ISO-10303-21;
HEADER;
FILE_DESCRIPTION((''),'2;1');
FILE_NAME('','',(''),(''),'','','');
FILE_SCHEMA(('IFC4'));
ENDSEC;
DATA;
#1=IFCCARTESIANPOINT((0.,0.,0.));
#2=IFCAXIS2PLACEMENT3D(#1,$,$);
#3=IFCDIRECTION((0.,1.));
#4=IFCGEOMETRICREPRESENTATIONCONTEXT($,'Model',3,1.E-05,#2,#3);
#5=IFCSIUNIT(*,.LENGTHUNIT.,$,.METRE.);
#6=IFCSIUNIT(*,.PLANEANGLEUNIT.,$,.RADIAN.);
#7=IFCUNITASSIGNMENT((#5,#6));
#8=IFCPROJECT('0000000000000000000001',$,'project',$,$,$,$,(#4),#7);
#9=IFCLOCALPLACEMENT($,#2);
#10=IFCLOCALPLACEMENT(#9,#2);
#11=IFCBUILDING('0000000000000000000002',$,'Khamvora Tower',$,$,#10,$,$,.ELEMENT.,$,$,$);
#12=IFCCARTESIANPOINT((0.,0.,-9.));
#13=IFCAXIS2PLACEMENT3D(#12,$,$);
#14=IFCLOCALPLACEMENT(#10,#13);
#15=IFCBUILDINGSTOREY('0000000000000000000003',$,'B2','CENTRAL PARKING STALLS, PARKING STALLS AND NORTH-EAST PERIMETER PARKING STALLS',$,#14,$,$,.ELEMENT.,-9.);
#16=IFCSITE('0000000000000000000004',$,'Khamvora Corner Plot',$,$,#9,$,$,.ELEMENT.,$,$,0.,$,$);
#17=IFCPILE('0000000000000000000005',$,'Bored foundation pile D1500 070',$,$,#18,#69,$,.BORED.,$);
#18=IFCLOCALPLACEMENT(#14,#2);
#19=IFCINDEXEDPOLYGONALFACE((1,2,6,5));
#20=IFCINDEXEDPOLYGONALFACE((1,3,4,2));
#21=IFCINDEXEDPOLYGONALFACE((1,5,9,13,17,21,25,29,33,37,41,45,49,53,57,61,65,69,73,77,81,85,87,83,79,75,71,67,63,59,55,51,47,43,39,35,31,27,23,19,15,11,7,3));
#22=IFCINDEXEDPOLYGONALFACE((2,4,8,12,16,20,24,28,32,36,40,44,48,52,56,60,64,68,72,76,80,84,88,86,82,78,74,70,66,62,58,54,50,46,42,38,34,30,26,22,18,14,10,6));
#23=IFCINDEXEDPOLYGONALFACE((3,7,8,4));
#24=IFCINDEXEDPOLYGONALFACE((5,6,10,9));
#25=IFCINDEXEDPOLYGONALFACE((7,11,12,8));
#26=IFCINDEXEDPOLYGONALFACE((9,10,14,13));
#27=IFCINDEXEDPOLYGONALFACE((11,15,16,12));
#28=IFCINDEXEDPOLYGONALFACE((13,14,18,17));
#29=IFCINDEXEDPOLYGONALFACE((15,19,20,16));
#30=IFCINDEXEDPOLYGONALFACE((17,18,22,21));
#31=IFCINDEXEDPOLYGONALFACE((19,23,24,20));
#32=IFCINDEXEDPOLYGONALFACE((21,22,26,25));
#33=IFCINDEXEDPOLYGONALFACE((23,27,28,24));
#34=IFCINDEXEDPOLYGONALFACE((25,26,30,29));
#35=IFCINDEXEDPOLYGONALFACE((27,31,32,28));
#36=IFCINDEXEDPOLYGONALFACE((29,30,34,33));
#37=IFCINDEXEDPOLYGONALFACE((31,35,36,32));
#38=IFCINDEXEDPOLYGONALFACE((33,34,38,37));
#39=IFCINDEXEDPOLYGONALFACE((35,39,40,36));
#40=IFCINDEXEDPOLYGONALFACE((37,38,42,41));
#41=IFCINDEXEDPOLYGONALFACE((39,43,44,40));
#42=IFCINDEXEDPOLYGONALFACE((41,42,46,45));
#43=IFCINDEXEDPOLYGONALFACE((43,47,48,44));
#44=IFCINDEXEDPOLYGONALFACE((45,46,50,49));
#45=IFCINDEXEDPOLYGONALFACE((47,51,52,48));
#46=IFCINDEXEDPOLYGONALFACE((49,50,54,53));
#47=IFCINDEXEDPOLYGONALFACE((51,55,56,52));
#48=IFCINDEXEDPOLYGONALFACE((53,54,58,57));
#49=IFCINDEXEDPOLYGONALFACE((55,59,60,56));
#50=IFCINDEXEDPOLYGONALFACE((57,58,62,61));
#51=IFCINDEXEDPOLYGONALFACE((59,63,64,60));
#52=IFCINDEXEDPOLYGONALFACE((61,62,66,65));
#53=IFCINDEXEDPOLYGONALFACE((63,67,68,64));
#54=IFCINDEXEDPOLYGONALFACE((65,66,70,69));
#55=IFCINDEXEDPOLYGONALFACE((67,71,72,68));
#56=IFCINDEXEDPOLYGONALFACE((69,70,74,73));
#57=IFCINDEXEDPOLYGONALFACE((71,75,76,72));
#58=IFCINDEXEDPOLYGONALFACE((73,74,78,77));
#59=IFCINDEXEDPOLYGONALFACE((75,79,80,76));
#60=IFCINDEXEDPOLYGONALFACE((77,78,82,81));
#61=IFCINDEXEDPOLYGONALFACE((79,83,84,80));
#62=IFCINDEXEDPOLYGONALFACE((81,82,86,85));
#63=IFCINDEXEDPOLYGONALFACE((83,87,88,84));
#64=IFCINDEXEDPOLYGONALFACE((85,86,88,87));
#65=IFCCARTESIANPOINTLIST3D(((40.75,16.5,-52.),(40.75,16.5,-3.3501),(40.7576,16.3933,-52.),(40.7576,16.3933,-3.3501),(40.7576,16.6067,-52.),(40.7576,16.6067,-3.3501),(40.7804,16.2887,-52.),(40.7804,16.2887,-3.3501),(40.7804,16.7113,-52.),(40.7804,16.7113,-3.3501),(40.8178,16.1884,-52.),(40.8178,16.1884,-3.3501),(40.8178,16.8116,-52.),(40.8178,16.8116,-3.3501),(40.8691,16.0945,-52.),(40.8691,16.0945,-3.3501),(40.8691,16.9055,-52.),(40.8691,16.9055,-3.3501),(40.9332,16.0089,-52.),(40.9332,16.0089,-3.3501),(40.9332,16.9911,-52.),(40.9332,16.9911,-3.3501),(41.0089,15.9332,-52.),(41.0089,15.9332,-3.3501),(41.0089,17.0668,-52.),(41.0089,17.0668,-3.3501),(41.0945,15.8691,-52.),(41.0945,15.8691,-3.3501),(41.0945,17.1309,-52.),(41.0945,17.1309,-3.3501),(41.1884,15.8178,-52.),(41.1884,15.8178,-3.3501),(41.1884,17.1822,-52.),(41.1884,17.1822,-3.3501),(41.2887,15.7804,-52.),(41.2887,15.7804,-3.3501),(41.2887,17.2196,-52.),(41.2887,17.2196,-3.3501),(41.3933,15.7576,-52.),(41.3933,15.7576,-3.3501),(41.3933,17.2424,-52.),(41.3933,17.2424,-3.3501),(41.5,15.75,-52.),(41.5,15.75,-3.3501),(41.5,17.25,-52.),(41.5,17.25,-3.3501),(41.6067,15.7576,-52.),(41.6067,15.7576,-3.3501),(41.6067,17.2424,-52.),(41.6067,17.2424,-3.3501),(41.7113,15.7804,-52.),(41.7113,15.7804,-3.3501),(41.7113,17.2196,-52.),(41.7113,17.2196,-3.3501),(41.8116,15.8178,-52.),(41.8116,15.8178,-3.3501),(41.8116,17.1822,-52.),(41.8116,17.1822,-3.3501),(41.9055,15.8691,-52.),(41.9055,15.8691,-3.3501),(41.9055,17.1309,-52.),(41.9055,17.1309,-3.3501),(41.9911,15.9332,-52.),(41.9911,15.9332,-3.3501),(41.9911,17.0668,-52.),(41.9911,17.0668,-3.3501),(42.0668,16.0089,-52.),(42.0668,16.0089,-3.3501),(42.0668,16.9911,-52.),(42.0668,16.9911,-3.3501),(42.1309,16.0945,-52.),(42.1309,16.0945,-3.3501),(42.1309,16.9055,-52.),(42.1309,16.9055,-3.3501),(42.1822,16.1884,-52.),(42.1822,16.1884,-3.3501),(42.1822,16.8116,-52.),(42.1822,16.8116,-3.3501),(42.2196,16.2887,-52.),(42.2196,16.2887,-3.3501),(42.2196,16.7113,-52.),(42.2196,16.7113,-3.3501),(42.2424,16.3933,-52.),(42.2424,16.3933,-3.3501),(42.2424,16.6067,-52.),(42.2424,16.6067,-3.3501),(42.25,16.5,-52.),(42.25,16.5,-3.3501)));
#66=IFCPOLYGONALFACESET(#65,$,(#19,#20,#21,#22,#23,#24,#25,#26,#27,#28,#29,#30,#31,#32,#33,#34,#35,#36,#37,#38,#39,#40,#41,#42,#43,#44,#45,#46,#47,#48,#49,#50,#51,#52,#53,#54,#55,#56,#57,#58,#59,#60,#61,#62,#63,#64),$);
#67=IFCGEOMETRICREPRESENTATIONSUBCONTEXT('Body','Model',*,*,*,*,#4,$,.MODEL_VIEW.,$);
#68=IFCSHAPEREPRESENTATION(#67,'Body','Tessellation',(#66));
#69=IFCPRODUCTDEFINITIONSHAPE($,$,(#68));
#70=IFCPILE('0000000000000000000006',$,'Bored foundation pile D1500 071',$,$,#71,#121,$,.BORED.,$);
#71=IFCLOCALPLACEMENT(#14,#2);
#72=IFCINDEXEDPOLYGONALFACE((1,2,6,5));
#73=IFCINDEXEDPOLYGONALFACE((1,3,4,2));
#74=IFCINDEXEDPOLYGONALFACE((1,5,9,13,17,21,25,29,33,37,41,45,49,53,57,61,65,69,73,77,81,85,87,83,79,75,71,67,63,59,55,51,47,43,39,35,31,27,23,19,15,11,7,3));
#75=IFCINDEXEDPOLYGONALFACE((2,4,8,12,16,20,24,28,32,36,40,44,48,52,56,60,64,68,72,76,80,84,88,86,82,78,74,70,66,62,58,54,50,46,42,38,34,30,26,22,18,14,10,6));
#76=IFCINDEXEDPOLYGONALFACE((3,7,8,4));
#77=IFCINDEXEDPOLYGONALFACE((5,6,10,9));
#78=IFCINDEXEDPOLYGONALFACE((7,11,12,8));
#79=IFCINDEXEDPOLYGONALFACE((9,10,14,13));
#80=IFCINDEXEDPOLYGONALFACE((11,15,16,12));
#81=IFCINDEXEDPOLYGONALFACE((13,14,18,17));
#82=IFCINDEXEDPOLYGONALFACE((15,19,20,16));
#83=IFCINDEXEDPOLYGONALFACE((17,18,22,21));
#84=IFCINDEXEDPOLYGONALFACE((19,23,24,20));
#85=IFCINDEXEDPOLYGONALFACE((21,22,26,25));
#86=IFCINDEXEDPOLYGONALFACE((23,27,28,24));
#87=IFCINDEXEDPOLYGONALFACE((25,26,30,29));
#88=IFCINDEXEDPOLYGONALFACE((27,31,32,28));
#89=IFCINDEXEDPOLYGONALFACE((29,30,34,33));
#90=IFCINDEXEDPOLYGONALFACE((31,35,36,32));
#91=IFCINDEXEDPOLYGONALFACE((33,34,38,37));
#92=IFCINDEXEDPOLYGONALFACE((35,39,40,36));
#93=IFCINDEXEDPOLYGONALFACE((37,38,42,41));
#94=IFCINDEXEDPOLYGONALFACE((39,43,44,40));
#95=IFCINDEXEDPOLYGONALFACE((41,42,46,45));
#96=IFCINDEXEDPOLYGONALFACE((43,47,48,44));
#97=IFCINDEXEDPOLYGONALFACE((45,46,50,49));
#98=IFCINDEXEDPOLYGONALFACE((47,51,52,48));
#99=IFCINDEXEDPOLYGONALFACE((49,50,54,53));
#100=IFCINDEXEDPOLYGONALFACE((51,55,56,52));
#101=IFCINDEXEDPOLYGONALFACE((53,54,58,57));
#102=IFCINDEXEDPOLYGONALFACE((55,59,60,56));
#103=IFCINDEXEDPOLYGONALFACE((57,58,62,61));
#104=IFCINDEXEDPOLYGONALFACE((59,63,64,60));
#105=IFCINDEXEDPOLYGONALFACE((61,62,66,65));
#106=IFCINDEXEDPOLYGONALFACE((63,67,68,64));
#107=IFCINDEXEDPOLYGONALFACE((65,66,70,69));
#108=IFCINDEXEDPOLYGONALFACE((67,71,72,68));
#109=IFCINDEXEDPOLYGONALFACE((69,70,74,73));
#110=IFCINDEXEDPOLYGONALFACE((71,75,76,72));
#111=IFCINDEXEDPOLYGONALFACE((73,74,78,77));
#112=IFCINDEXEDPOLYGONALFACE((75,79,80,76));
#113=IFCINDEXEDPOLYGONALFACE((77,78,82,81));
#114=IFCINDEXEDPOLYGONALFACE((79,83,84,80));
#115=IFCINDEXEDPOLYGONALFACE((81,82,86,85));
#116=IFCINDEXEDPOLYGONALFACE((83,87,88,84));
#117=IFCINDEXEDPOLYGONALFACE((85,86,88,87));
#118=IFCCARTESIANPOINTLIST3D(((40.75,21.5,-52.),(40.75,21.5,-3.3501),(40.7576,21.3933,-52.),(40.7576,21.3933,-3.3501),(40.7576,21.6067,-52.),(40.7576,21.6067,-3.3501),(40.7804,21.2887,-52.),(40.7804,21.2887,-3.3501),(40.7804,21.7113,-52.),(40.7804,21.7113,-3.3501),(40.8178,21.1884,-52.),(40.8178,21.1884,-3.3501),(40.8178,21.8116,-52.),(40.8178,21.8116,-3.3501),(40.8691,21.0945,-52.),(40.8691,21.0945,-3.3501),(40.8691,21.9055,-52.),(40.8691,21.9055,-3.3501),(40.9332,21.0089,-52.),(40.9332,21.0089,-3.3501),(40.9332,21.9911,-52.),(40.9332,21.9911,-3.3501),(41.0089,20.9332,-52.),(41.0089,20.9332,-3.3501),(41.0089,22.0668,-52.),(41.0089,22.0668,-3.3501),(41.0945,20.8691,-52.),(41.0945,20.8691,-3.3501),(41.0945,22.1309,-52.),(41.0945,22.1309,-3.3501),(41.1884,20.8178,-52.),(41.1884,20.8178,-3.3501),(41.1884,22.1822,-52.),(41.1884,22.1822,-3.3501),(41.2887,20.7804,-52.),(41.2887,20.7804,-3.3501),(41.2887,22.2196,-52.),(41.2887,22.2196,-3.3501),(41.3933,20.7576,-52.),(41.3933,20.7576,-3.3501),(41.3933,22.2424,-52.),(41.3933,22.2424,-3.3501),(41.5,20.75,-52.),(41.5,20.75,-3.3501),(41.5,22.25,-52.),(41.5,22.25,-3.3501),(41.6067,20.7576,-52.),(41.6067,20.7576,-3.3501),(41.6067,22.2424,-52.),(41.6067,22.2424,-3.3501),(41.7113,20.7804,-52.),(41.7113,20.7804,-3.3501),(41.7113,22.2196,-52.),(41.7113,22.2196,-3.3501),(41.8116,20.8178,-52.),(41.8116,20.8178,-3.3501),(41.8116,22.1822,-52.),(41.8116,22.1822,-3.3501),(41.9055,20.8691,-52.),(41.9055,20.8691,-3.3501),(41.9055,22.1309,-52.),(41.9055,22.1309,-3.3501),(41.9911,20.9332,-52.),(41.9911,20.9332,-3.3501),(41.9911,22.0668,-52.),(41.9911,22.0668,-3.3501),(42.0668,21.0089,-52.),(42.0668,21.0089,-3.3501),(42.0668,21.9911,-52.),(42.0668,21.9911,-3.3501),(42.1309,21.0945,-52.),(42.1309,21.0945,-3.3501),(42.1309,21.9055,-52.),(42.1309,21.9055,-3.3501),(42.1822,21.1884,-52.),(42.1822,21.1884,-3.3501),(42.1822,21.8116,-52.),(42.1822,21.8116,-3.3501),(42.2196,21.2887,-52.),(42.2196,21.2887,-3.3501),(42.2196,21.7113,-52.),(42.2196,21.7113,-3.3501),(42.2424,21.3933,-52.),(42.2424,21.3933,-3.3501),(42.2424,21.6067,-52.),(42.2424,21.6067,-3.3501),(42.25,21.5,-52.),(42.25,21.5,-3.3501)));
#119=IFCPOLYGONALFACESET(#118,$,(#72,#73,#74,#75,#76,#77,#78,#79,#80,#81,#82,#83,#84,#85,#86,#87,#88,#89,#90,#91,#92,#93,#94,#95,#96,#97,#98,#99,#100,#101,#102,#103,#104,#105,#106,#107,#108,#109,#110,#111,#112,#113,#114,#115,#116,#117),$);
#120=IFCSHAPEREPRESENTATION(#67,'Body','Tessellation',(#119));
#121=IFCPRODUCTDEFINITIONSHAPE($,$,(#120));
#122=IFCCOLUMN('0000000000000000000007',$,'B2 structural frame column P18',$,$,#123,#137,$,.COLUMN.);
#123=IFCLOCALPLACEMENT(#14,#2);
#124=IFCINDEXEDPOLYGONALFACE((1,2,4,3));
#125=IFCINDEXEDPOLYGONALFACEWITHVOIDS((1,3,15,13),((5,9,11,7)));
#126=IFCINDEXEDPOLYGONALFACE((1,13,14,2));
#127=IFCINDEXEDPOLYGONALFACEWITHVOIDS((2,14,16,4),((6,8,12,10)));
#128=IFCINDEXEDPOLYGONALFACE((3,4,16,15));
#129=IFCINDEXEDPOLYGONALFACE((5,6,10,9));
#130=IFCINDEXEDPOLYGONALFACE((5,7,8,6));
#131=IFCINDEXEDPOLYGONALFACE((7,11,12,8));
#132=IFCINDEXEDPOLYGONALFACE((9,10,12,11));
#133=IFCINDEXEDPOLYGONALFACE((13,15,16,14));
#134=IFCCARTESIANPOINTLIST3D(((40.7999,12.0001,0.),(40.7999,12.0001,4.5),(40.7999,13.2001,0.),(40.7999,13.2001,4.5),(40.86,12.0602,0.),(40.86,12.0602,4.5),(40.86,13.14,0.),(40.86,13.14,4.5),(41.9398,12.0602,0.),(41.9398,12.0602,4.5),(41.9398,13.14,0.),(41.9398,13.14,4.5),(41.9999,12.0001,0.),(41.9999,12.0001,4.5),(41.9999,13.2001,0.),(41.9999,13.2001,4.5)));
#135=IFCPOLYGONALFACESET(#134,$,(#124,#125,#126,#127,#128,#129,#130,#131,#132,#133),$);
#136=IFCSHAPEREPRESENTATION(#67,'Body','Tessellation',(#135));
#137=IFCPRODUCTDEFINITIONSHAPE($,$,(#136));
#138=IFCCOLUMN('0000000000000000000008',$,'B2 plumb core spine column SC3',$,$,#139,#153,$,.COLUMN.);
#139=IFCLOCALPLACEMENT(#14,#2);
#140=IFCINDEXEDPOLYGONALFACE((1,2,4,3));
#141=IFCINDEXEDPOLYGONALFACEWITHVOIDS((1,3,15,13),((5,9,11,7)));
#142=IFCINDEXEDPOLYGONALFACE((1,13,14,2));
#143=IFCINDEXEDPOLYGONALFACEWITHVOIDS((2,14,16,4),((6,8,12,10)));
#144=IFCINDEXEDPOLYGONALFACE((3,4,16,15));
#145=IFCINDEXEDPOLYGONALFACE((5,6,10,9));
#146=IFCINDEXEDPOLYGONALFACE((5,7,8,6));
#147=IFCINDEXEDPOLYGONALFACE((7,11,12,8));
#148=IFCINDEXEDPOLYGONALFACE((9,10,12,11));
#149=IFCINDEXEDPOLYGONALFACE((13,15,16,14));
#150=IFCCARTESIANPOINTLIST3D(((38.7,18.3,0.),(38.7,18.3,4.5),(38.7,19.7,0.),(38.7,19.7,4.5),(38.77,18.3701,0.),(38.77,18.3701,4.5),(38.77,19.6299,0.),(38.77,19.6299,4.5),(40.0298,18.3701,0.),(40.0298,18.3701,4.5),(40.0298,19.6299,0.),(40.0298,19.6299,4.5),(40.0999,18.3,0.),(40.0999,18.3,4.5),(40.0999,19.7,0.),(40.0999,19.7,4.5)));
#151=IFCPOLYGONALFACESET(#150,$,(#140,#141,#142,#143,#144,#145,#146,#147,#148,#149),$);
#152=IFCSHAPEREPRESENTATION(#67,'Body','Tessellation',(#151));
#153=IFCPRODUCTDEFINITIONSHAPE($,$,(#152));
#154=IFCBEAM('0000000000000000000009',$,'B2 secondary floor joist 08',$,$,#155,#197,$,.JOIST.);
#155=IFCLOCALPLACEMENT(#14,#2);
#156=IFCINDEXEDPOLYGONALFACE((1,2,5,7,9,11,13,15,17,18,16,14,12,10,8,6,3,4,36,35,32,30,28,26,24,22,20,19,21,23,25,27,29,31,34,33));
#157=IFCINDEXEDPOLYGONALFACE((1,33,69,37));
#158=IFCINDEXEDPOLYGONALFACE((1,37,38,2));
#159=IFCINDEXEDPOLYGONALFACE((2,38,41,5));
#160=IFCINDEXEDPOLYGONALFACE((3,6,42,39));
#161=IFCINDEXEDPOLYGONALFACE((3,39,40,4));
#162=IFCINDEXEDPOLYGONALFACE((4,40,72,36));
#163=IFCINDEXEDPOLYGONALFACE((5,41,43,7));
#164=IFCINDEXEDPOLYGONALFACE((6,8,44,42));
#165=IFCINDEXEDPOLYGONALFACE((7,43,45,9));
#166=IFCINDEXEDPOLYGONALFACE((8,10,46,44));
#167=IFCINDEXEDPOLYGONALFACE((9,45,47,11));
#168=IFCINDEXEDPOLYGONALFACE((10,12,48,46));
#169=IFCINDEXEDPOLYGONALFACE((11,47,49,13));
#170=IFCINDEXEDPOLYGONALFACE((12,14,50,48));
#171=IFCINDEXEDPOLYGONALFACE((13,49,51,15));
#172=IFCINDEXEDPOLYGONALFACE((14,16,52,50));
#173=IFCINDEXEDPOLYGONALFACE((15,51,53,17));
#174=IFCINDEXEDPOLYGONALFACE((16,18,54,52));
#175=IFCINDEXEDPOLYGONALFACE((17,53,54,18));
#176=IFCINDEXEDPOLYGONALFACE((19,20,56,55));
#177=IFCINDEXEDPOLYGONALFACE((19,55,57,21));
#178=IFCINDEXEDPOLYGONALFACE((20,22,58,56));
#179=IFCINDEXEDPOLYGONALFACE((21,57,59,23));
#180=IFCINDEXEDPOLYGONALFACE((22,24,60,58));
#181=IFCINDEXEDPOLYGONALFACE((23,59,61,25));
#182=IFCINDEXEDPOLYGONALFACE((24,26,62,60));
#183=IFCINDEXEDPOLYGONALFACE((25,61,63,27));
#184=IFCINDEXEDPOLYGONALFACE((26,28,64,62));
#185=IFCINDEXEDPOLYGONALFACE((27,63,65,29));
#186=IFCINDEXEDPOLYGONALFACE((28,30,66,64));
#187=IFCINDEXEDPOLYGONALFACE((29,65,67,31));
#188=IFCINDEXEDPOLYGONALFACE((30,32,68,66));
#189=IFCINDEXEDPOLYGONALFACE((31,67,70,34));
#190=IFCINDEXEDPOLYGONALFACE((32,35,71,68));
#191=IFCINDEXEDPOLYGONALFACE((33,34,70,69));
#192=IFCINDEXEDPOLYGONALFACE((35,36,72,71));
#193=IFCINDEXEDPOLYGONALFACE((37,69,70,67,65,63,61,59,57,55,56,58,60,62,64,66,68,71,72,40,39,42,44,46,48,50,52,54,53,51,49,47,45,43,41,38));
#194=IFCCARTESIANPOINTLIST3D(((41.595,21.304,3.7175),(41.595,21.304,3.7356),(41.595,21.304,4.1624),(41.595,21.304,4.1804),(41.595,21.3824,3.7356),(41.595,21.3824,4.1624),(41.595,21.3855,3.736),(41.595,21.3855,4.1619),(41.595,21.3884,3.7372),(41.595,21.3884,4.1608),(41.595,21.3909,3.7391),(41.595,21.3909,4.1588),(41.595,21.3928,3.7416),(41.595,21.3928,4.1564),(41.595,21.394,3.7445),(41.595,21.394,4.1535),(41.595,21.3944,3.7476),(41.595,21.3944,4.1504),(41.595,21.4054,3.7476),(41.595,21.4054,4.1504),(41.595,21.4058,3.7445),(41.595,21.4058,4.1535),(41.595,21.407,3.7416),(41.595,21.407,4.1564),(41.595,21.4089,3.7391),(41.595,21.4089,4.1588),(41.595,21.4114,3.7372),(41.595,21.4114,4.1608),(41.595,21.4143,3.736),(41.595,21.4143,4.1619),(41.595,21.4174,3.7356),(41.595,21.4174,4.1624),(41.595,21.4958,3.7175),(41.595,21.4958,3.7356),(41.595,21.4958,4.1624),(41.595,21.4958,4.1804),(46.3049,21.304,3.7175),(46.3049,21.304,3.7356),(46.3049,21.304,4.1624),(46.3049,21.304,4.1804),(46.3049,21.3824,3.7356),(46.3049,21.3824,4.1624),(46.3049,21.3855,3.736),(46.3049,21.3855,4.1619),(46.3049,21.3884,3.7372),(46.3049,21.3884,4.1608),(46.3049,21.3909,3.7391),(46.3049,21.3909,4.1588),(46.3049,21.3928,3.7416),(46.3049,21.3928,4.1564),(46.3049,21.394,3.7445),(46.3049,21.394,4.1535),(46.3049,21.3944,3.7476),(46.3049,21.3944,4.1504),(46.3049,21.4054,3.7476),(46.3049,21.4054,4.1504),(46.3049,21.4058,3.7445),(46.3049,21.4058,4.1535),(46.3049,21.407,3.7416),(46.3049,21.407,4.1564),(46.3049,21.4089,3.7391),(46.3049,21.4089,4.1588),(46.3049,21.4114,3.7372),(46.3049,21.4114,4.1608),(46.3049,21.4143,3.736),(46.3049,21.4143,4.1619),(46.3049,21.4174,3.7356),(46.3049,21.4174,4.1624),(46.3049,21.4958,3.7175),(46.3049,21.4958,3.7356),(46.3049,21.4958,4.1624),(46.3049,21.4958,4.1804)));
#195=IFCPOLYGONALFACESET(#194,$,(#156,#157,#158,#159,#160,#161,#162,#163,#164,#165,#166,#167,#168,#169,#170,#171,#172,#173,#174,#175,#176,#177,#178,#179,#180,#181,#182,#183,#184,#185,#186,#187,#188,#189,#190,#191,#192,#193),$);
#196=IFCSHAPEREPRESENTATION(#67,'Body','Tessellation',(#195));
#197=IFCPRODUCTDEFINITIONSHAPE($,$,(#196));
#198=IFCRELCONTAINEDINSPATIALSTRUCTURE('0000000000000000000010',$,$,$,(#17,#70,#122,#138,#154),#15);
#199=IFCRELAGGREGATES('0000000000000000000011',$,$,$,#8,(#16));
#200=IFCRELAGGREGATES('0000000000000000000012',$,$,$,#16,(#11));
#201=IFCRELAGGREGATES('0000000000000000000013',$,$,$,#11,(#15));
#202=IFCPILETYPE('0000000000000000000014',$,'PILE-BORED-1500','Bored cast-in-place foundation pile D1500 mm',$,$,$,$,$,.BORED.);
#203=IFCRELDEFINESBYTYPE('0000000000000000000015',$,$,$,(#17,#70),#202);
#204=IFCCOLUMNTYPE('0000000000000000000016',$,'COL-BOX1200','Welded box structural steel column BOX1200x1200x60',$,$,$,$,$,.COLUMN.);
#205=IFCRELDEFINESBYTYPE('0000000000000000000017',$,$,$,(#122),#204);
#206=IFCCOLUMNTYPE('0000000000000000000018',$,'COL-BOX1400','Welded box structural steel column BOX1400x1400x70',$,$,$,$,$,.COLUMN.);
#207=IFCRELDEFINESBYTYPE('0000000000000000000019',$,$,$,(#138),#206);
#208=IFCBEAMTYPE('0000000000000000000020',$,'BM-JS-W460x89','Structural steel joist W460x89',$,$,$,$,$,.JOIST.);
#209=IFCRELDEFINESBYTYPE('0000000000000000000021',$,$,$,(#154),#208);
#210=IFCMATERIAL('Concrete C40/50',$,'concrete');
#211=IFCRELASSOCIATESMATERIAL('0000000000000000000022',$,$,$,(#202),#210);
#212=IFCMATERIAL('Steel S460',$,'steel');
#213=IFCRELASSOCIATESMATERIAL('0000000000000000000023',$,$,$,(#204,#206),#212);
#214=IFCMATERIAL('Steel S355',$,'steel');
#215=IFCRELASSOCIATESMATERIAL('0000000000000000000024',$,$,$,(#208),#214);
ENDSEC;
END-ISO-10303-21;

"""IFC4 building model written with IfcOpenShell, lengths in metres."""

from ifc_helpers import new_model, si_unit, direction, frame, origin, origin_2d, place, context, subcontext, project, spatial, hollow_rectangle, circle, i_section, extrude, material, material_profile, profile_set, type_object, element, save


model = new_model("IFC4")

# Units and contexts
model_context = context("Model", 3, precision=1e-05, world=origin(), true_north=direction((0.0, 1.0)))
body_context = subcontext(model_context, "Body", "Model", "MODEL_VIEW")
ifc_project = project(units=[si_unit("LENGTHUNIT", "METRE"), si_unit("PLANEANGLEUNIT", "RADIAN")], contexts=[model_context])

# Site, building, storey
site_placement = place(None, origin())
site = spatial("IfcSite", under=ifc_project, at=site_placement, Name="Khamvora Corner Plot", CompositionType="ELEMENT", RefElevation=0.0)
building_placement = place(site_placement, origin())
building = spatial("IfcBuilding", under=site, at=building_placement, Name="Khamvora Tower", CompositionType="ELEMENT")
storey_placement = place(building_placement, frame((0.0, 0.0, -9.0)))
storey = spatial("IfcBuildingStorey", under=building, at=storey_placement, Name="B2", Description="CENTRAL PARKING STALLS, PARKING STALLS AND NORTH-EAST PERIMETER PARKING STALLS", CompositionType="ELEMENT", Elevation=-9.0)

# Piles
ifc_material_1 = material(Name="Concrete C40/50", Category="concrete")
ifc_material_profile_1 = material_profile(ifc_material_1, circle(Radius=0.75, at=origin_2d()), Name="PILE_D1500")
ifc_profile_set_1 = profile_set([ifc_material_profile_1], Name="Concrete C40/50")
pile_type = type_object("IfcPileType", Name="PILE-BORED-1500", Description="Bored cast-in-place foundation pile D1500 mm", PredefinedType="BORED", material=ifc_profile_set_1)
for number, where, z_axis, x_axis, name in (
    (1, (41.5, 16.5, -3.3501), (0.0, 0.0, -1.0), (1.0, 0.0, 0.0), "Bored foundation pile D1500 070"),
    (2, (41.5, 21.5, -3.3501), (0.0, 0.0, -1.0), (1.0, 0.0, 0.0), "Bored foundation pile D1500 071"),
):
    element("IfcPile", number, at=place(storey_placement, frame(where, z_axis=z_axis, x_axis=x_axis)), inside=storey, type_object=pile_type, Name=name, PredefinedType="BORED", context=body_context, shape_type="SweptSolid", body=[
        extrude(circle(Radius=0.75, at=origin_2d()), origin(), (0.0, 0.0, 1.0), 48.6499),
    ])

# Columns
ifc_material_2 = material(Name="Steel S460", Category="steel")
ifc_material_profile_2 = material_profile(ifc_material_2, hollow_rectangle(XDim=1.2, YDim=1.2, WallThickness=0.0601, at=origin_2d()), Name="BOX1200x1200x60")
ifc_profile_set_2 = profile_set([ifc_material_profile_2], Name="Steel S460")
column_type_1 = type_object("IfcColumnType", Name="COL-BOX1200", Description="Welded box structural steel column BOX1200x1200x60", PredefinedType="COLUMN", material=ifc_profile_set_2)
column_1_placement = place(storey_placement, frame((41.3999, 12.6001, 0.0), z_axis=(0.0, 0.0, 1.0), x_axis=(1.0, 0.0, 0.0)))
element("IfcColumn", 3, at=column_1_placement, inside=storey, type_object=column_type_1, Name="B2 structural frame column P18", PredefinedType="COLUMN", context=body_context, shape_type="SweptSolid", body=[
    extrude(hollow_rectangle(XDim=1.2, YDim=1.2, WallThickness=0.0601, at=origin_2d()), origin(), (0.0, 0.0, 1.0), 4.5),
])
ifc_material_profile_3 = material_profile(ifc_material_2, hollow_rectangle(XDim=1.3999, YDim=1.3999, WallThickness=0.0701, at=origin_2d()), Name="BOX1400x1400x70")
ifc_profile_set_3 = profile_set([ifc_material_profile_3], Name="Steel S460")
column_type_2 = type_object("IfcColumnType", Name="COL-BOX1400", Description="Welded box structural steel column BOX1400x1400x70", PredefinedType="COLUMN", material=ifc_profile_set_3)
column_2_placement = place(storey_placement, frame((39.3999, 19.0, 0.0), z_axis=(0.0, 0.0, 1.0), x_axis=(1.0, 0.0, 0.0)))
element("IfcColumn", 4, at=column_2_placement, inside=storey, type_object=column_type_2, Name="B2 plumb core spine column SC3", PredefinedType="COLUMN", context=body_context, shape_type="SweptSolid", body=[
    extrude(hollow_rectangle(XDim=1.3999, YDim=1.3999, WallThickness=0.0701, at=origin_2d()), origin(), (0.0, 0.0, 1.0), 4.5),
])

# Beam
ifc_material_3 = material(Name="Steel S355", Category="steel")
ifc_material_profile_4 = material_profile(ifc_material_3, i_section(OverallWidth=0.1919, OverallDepth=0.4629, WebThickness=0.011, FlangeThickness=0.0181, FilletRadius=0.012, at=origin_2d()), Name="W460x89")
ifc_profile_set_4 = profile_set([ifc_material_profile_4], Name="Steel S355")
beam_type_1 = type_object("IfcBeamType", Name="BM-JS-W460x89", Description="Structural steel joist W460x89", PredefinedType="JOIST", material=ifc_profile_set_4)
beam_1_placement = place(storey_placement, frame((41.595, 21.3999, 3.949), z_axis=(1.0, 0.0, 0.0), x_axis=(0.0, 1.0, 0.0)))
element("IfcBeam", 5, at=beam_1_placement, inside=storey, type_object=beam_type_1, Name="B2 secondary floor joist 08", PredefinedType="JOIST", context=body_context, shape_type="SweptSolid", body=[
    extrude(i_section(OverallWidth=0.1919, OverallDepth=0.4629, WebThickness=0.011, FlangeThickness=0.0181, FilletRadius=0.012, at=origin_2d()), origin(), (0.0, 0.0, 1.0), 4.71),
])

save(model, "model.ifc")
